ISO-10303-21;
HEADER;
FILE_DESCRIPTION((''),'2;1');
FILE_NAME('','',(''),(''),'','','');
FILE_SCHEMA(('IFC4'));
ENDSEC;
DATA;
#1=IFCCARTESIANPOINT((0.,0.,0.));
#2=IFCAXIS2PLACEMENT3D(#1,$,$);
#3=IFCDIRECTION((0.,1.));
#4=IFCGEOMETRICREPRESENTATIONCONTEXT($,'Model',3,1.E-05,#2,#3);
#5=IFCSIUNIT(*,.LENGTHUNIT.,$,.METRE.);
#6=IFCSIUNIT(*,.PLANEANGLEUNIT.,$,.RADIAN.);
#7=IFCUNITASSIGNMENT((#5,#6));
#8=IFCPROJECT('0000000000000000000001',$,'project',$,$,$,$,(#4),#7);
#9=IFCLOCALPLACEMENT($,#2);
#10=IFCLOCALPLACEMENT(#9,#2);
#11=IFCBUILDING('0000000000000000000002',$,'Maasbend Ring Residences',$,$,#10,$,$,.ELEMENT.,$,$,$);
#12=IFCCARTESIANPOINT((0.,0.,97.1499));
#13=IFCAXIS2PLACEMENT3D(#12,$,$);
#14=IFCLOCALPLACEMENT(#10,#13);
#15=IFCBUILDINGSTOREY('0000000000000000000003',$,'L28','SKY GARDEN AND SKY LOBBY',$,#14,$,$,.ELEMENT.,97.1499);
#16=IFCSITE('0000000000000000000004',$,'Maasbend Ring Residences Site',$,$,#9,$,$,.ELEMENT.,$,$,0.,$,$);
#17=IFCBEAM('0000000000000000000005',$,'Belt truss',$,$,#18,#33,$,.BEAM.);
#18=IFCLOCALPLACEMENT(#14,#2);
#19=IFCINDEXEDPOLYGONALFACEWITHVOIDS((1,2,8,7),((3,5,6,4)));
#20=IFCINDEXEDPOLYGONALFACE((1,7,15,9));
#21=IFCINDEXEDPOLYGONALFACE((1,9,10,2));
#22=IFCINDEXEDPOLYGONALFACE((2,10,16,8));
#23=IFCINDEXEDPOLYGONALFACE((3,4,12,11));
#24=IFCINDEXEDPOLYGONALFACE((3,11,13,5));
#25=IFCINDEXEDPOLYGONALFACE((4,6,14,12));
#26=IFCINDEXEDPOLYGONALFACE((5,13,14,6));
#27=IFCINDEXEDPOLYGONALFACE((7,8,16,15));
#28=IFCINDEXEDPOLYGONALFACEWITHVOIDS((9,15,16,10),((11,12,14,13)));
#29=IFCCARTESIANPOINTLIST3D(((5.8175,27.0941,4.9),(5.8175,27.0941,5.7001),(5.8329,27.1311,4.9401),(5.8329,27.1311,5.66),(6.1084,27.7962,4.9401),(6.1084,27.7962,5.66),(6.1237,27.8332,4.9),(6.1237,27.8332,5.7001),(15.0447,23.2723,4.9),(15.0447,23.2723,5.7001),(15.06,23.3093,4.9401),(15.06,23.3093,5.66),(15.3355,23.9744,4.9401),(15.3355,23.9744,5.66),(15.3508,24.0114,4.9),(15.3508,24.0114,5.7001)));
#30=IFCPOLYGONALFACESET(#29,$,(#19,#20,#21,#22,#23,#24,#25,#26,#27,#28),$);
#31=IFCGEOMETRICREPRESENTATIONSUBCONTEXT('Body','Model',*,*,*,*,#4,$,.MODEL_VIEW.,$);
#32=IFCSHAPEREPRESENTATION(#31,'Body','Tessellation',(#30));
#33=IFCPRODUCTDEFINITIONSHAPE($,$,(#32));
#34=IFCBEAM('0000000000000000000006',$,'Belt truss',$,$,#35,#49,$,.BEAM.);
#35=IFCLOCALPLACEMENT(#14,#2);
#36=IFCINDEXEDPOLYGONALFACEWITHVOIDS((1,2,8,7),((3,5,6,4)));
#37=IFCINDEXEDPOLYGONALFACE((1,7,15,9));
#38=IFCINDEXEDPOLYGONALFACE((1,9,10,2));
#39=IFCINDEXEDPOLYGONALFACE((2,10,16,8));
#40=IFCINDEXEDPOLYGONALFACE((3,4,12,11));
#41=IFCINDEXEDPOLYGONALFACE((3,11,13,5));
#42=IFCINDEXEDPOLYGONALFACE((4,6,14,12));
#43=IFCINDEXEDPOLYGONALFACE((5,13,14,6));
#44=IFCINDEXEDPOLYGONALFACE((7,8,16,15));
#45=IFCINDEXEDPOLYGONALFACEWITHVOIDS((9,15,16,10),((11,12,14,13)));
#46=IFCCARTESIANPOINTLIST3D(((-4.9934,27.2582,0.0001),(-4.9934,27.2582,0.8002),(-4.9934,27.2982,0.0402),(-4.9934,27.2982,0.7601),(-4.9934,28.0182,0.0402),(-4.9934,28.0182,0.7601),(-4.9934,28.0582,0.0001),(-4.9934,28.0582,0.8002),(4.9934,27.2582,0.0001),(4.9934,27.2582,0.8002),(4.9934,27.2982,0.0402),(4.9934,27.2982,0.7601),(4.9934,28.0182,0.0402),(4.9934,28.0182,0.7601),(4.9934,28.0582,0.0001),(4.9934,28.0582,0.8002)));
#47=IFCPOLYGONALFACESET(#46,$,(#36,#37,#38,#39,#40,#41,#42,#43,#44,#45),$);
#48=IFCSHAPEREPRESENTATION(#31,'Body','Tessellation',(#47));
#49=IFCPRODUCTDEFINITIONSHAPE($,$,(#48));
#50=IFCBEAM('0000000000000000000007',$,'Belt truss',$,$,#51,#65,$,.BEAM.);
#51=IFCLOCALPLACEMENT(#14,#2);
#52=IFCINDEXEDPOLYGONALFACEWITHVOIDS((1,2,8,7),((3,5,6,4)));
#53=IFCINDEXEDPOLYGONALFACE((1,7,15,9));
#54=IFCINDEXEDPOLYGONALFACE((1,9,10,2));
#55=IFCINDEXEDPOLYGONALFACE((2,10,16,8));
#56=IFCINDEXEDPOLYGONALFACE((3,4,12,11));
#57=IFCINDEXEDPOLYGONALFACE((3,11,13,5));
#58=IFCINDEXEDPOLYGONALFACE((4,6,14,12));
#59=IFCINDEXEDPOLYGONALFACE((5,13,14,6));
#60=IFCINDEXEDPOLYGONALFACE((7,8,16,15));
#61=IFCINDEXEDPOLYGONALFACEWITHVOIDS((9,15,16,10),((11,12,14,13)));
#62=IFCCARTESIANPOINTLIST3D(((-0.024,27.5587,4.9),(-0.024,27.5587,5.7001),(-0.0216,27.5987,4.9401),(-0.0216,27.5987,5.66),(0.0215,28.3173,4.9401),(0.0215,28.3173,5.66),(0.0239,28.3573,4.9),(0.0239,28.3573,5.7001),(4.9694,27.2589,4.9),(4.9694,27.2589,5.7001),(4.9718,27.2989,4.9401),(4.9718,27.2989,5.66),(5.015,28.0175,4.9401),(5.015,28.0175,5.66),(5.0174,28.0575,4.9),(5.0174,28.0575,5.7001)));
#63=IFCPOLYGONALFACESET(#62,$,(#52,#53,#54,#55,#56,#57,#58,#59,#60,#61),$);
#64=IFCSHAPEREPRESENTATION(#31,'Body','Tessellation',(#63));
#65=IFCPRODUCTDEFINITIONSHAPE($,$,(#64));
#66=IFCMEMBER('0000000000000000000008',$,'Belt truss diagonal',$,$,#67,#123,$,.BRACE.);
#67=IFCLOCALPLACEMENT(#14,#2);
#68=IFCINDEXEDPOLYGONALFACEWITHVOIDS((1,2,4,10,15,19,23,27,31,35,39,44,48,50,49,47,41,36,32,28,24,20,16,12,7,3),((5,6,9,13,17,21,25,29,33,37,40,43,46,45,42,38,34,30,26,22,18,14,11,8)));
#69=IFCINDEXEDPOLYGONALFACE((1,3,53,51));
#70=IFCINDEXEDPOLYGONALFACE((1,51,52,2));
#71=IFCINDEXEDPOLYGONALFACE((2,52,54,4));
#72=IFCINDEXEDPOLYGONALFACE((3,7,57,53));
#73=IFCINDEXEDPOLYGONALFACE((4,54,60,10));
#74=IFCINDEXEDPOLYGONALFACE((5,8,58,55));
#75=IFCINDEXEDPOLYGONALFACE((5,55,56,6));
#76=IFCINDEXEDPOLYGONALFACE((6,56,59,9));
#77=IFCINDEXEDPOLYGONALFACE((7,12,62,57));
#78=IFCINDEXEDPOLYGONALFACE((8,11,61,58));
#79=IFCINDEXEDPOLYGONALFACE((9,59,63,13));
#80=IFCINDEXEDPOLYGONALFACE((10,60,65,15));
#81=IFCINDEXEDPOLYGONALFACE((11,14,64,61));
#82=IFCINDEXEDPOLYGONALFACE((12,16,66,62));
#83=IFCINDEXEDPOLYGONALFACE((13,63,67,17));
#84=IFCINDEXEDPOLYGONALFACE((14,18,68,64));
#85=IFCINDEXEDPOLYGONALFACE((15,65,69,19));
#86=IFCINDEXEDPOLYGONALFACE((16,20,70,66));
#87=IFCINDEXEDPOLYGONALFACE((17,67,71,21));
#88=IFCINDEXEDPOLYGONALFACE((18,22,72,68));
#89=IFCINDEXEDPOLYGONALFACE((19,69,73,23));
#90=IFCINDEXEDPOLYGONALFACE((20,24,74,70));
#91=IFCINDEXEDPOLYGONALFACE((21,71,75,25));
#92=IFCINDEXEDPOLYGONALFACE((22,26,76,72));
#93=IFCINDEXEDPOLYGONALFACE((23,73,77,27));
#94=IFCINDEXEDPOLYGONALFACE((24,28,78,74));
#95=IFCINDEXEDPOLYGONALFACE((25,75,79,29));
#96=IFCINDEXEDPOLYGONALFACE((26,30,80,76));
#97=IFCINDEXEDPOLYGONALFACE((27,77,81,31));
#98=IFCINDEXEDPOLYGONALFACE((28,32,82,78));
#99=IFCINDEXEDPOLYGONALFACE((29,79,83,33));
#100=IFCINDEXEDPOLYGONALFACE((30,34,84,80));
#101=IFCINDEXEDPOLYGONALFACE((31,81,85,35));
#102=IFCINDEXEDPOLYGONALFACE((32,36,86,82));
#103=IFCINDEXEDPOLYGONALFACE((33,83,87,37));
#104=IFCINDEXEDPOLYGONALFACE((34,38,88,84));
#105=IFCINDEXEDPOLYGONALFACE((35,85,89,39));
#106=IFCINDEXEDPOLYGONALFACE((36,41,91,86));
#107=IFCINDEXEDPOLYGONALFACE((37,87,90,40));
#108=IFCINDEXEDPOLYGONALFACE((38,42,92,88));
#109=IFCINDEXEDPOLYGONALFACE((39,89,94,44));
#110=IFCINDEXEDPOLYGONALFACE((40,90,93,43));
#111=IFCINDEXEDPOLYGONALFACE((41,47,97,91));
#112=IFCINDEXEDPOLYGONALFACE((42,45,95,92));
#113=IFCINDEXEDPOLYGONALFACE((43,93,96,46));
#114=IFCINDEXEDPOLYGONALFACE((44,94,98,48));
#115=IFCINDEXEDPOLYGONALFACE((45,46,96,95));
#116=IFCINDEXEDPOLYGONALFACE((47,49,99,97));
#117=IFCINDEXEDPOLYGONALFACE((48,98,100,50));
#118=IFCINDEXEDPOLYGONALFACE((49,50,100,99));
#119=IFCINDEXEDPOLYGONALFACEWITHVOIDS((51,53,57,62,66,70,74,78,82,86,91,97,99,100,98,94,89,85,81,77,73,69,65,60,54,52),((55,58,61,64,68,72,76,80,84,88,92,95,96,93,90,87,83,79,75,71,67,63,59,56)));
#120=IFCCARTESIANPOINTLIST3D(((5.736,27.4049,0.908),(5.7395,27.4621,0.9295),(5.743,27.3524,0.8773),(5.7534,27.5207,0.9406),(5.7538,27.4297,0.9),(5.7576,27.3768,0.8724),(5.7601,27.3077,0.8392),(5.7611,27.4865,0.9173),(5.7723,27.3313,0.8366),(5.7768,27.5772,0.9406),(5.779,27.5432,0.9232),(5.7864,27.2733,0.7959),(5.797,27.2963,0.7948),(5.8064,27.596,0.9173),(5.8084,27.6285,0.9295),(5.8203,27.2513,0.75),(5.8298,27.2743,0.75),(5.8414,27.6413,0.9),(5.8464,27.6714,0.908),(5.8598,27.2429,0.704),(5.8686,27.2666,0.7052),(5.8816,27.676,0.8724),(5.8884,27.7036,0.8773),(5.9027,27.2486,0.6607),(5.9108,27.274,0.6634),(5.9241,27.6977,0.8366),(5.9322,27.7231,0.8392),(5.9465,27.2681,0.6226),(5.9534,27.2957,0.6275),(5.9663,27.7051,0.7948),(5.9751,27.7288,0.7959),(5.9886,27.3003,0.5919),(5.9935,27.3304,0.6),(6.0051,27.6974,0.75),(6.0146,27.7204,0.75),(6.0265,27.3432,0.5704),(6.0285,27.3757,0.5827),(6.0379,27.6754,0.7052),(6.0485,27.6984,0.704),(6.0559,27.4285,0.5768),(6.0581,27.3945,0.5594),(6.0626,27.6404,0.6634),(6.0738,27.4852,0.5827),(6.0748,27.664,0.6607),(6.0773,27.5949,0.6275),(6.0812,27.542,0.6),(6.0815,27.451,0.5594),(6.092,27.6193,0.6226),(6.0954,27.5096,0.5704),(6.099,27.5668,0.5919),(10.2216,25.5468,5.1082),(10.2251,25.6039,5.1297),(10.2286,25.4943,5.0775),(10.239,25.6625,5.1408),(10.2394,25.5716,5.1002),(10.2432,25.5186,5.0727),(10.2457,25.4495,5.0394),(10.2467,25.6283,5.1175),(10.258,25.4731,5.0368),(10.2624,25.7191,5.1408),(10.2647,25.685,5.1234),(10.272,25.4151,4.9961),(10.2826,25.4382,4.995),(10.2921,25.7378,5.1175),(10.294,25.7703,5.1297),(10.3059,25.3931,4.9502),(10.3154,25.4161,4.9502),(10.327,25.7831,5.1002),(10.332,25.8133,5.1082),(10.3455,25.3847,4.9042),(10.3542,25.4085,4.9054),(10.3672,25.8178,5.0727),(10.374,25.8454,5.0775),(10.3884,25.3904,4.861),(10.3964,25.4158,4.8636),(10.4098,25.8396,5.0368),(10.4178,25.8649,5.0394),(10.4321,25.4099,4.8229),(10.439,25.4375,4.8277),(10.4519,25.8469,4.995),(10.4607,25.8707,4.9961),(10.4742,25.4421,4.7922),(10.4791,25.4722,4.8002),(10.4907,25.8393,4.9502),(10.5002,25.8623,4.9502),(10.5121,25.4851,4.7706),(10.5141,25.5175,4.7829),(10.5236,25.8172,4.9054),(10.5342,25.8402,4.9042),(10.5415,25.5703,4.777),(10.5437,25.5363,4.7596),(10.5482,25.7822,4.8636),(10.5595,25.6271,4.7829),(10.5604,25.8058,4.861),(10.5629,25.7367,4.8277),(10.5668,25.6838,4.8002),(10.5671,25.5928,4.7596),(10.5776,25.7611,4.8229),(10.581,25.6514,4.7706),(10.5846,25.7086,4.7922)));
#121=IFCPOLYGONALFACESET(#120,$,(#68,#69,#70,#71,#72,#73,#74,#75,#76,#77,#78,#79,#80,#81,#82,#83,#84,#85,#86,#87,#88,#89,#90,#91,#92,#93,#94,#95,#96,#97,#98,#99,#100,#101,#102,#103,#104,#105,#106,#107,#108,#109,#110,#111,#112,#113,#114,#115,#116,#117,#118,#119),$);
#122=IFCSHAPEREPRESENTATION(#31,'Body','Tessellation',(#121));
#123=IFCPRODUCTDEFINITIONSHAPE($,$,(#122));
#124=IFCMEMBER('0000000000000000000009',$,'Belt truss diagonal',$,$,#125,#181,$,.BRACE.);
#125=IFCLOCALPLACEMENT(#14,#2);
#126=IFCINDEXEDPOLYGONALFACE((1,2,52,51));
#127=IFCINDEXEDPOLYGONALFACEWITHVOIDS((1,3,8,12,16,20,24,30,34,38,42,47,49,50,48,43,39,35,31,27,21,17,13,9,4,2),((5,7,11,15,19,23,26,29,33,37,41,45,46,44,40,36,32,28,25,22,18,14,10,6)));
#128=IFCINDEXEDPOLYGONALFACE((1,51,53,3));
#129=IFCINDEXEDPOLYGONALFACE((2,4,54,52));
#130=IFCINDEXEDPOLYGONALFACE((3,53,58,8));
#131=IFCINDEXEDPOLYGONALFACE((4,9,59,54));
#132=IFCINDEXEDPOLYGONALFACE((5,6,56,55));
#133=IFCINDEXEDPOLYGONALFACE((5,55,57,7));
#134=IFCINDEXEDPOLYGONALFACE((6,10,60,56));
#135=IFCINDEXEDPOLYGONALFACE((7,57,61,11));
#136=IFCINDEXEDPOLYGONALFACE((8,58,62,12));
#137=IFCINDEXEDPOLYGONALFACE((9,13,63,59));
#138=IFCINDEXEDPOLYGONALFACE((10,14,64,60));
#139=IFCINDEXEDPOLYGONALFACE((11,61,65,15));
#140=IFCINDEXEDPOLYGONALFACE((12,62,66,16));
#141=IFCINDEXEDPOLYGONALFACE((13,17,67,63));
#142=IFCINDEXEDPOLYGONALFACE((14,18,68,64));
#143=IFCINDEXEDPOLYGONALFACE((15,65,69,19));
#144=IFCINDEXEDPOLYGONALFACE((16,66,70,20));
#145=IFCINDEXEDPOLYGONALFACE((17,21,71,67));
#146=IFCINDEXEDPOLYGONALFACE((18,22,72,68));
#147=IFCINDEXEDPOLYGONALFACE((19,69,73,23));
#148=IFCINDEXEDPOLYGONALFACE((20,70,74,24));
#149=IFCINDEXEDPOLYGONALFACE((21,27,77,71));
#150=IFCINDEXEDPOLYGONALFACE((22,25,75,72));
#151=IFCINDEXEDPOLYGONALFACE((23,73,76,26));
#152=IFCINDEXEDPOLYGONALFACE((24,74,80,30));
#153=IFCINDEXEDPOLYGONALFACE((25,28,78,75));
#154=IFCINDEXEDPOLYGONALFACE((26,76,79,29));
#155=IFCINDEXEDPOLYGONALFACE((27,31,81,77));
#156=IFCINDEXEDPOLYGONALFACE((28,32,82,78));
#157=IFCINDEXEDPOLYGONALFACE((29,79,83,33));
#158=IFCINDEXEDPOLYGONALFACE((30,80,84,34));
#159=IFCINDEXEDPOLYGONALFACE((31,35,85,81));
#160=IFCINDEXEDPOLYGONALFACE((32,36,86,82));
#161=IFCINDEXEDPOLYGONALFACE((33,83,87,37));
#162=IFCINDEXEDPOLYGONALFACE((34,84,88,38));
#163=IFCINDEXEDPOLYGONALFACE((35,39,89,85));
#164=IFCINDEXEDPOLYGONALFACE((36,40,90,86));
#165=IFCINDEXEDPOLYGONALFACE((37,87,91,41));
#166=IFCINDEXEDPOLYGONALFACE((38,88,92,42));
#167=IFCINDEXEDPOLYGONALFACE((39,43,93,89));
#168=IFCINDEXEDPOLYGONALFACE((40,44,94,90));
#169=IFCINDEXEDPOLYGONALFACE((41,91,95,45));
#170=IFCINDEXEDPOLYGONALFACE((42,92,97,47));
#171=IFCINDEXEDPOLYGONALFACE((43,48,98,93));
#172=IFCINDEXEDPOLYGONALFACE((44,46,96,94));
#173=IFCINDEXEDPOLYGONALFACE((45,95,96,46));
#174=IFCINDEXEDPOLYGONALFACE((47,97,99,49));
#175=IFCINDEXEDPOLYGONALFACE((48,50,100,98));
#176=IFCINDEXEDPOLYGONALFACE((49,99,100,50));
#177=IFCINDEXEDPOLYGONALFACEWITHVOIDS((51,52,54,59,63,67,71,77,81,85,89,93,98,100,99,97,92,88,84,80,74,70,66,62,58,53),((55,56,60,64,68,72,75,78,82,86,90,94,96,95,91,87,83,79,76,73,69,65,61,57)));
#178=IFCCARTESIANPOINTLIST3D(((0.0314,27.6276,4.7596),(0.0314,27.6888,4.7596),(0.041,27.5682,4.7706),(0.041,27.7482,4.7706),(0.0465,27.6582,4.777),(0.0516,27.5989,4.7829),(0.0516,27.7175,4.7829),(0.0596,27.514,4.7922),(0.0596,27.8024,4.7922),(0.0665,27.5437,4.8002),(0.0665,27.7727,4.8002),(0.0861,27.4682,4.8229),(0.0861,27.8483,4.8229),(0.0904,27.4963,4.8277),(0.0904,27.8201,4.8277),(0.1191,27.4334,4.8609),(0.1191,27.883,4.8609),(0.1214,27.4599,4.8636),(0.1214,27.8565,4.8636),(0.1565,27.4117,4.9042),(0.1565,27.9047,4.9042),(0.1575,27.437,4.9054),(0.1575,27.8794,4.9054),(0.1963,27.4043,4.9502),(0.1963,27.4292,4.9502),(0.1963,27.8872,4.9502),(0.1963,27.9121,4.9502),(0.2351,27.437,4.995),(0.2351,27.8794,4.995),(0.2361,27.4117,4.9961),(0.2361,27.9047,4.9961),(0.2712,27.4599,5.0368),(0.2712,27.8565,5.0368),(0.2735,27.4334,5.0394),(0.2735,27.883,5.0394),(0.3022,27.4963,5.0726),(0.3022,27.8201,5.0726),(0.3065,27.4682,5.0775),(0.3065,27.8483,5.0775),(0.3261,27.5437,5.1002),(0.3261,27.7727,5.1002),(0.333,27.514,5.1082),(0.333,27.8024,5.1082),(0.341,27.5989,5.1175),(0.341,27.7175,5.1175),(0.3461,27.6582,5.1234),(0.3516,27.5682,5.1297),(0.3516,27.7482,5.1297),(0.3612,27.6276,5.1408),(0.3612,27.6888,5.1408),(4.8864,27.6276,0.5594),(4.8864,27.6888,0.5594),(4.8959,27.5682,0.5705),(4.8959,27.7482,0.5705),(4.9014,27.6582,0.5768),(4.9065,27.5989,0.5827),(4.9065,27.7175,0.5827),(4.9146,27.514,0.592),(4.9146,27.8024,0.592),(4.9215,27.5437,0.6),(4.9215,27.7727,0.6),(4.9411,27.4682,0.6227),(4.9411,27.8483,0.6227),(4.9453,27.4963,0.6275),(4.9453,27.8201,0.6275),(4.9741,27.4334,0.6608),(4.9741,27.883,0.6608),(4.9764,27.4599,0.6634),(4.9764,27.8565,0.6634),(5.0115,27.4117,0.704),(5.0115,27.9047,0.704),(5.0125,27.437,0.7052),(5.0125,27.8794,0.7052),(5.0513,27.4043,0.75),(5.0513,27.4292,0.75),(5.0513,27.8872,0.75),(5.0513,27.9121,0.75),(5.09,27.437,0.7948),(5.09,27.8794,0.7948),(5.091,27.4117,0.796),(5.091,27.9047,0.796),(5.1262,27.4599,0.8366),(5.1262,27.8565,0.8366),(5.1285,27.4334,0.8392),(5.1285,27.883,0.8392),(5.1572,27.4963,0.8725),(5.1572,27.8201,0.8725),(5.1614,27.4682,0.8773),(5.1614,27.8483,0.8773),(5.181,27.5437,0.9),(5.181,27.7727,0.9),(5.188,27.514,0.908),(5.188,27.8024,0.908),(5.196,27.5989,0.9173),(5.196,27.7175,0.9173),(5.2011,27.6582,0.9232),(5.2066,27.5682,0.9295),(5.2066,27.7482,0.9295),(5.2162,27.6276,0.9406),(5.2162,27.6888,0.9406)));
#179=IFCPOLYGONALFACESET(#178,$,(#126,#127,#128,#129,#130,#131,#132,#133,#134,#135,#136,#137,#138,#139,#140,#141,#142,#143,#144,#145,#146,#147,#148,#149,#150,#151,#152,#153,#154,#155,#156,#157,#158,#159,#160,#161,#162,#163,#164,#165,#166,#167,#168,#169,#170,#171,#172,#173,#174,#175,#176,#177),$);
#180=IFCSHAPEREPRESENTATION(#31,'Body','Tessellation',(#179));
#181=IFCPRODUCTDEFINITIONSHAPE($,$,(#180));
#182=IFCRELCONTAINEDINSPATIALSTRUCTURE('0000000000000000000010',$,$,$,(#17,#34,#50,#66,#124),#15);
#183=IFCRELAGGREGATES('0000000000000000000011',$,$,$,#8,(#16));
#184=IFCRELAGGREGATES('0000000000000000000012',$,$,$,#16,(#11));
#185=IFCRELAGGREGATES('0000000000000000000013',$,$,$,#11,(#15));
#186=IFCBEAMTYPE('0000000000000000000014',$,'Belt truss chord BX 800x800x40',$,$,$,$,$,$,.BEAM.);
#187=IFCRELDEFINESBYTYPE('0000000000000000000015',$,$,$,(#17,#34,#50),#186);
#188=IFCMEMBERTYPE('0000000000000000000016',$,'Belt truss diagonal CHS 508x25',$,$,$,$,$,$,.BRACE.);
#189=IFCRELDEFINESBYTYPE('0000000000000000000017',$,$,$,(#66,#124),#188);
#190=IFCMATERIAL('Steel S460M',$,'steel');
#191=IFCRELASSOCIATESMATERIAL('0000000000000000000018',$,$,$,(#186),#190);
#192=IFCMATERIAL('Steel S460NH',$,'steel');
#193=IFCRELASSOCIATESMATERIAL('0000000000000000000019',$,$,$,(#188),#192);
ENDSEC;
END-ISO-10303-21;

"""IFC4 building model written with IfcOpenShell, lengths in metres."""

from ifc_helpers import new_model, si_unit, direction, frame, origin, origin_2d, place, context, subcontext, project, spatial, hollow_rectangle, hollow_circle, extrude, material, material_profile, profile_set, type_object, element, save


model = new_model("IFC4")

# Units and contexts
model_context = context("Model", 3, precision=1e-05, world=origin(), true_north=direction((0.0, 1.0)))
body_context = subcontext(model_context, "Body", "Model", "MODEL_VIEW")
ifc_project = project(units=[si_unit("LENGTHUNIT", "METRE"), si_unit("PLANEANGLEUNIT", "RADIAN")], contexts=[model_context])

# Site, building, storey
site_placement = place(None, origin())
site = spatial("IfcSite", under=ifc_project, at=site_placement, Name="Maasbend Ring Residences Site", CompositionType="ELEMENT", RefElevation=0.0)
building_placement = place(site_placement, origin())
building = spatial("IfcBuilding", under=site, at=building_placement, Name="Maasbend Ring Residences", CompositionType="ELEMENT")
storey_placement = place(building_placement, frame((0.0, 0.0, 97.1499)))
storey = spatial("IfcBuildingStorey", under=building, at=storey_placement, Name="L28", Description="SKY GARDEN AND SKY LOBBY", CompositionType="ELEMENT", Elevation=97.1499)

# Beams
ifc_material_1 = material(Name="Steel S460M", Category="steel")
ifc_material_profile_1 = material_profile(ifc_material_1, hollow_rectangle(XDim=0.8, YDim=0.8, WallThickness=0.04, at=origin_2d()), Name="Belt truss chord BX 800x800x40")
ifc_profile_set_1 = profile_set([ifc_material_profile_1], Name="Steel S460M")
beam_type_1 = type_object("IfcBeamType", Name="Belt truss chord BX 800x800x40", PredefinedType="BEAM", material=ifc_profile_set_1)
for number, where, z_axis, x_axis, name in (
    (1, (15.1978, 23.6418, 5.3), (-0.923886, 0.382667, 0.0), (-0.382667, -0.923886, 0.0), "Belt truss"),
):
    element("IfcBeam", number, at=place(storey_placement, frame(where, z_axis=z_axis, x_axis=x_axis)), inside=storey, type_object=beam_type_1, Name=name, PredefinedType="BEAM", context=body_context, shape_type="SweptSolid", body=[
        extrude(hollow_rectangle(XDim=0.8, YDim=0.8, WallThickness=0.04, at=origin_2d()), origin(), (0.0, 0.0, 1.0), 9.9873),
    ])
beam_1_placement = place(storey_placement, frame((4.9934, 27.6582, 0.4001), z_axis=(-1.0, 0.0, 0.0), x_axis=(0.0, -1.0, 0.0)))
element("IfcBeam", 2, at=beam_1_placement, inside=storey, type_object=beam_type_1, Name="Belt truss", PredefinedType="BEAM", context=body_context, shape_type="SweptSolid", body=[
    extrude(hollow_rectangle(XDim=0.8, YDim=0.8, WallThickness=0.04, at=origin_2d()), origin(), (0.0, 0.0, 1.0), 9.9868),
])
beam_2_placement = place(storey_placement, frame((4.9934, 27.6582, 5.3), z_axis=(-0.998202, 0.059932, 0.0), x_axis=(-0.059932, -0.998202, 0.0)))
element("IfcBeam", 3, at=beam_2_placement, inside=storey, type_object=beam_type_1, Name="Belt truss", PredefinedType="BEAM", context=body_context, shape_type="SweptSolid", body=[
    extrude(hollow_rectangle(XDim=0.8, YDim=0.8, WallThickness=0.04, at=origin_2d()), origin(), (0.0, 0.0, 1.0), 5.0024),
])

# Members
ifc_material_2 = material(Name="Steel S460NH", Category="steel")
ifc_material_profile_2 = material_profile(ifc_material_2, hollow_circle(Radius=0.2539, WallThickness=0.0249, at=origin_2d()), Name="Belt truss diagonal CHS 508x25")
ifc_profile_set_2 = profile_set([ifc_material_profile_2], Name="Steel S460NH")
member_type_1 = type_object("IfcMemberType", Name="Belt truss diagonal CHS 508x25", PredefinedType="BRACE", material=ifc_profile_set_2)
member_1_placement = place(storey_placement, frame((10.4031, 25.6277, 4.9502), z_axis=(-0.698703, 0.289437, -0.654248), x_axis=(-0.382712, -0.923868, 0.0)))
element("IfcMember", 4, at=member_1_placement, inside=storey, type_object=member_type_1, Name="Belt truss diagonal", PredefinedType="BRACE", context=body_context, shape_type="SweptSolid", body=[
    extrude(hollow_circle(Radius=0.2539, WallThickness=0.0249, at=origin_2d()), origin(), (0.0, 0.0, 1.0), 6.4199),
])
member_2_placement = place(storey_placement, frame((5.0513, 27.6582, 0.75), z_axis=(-0.756263, 0.0, 0.654267), x_axis=(0.0, -1.0, 0.0)))
element("IfcMember", 5, at=member_2_placement, inside=storey, type_object=member_type_1, Name="Belt truss diagonal", PredefinedType="BRACE", context=body_context, shape_type="SweptSolid", body=[
    extrude(hollow_circle(Radius=0.2539, WallThickness=0.0249, at=origin_2d()), origin(), (0.0, 0.0, 1.0), 6.4197),
])

save(model, "model.ifc")
